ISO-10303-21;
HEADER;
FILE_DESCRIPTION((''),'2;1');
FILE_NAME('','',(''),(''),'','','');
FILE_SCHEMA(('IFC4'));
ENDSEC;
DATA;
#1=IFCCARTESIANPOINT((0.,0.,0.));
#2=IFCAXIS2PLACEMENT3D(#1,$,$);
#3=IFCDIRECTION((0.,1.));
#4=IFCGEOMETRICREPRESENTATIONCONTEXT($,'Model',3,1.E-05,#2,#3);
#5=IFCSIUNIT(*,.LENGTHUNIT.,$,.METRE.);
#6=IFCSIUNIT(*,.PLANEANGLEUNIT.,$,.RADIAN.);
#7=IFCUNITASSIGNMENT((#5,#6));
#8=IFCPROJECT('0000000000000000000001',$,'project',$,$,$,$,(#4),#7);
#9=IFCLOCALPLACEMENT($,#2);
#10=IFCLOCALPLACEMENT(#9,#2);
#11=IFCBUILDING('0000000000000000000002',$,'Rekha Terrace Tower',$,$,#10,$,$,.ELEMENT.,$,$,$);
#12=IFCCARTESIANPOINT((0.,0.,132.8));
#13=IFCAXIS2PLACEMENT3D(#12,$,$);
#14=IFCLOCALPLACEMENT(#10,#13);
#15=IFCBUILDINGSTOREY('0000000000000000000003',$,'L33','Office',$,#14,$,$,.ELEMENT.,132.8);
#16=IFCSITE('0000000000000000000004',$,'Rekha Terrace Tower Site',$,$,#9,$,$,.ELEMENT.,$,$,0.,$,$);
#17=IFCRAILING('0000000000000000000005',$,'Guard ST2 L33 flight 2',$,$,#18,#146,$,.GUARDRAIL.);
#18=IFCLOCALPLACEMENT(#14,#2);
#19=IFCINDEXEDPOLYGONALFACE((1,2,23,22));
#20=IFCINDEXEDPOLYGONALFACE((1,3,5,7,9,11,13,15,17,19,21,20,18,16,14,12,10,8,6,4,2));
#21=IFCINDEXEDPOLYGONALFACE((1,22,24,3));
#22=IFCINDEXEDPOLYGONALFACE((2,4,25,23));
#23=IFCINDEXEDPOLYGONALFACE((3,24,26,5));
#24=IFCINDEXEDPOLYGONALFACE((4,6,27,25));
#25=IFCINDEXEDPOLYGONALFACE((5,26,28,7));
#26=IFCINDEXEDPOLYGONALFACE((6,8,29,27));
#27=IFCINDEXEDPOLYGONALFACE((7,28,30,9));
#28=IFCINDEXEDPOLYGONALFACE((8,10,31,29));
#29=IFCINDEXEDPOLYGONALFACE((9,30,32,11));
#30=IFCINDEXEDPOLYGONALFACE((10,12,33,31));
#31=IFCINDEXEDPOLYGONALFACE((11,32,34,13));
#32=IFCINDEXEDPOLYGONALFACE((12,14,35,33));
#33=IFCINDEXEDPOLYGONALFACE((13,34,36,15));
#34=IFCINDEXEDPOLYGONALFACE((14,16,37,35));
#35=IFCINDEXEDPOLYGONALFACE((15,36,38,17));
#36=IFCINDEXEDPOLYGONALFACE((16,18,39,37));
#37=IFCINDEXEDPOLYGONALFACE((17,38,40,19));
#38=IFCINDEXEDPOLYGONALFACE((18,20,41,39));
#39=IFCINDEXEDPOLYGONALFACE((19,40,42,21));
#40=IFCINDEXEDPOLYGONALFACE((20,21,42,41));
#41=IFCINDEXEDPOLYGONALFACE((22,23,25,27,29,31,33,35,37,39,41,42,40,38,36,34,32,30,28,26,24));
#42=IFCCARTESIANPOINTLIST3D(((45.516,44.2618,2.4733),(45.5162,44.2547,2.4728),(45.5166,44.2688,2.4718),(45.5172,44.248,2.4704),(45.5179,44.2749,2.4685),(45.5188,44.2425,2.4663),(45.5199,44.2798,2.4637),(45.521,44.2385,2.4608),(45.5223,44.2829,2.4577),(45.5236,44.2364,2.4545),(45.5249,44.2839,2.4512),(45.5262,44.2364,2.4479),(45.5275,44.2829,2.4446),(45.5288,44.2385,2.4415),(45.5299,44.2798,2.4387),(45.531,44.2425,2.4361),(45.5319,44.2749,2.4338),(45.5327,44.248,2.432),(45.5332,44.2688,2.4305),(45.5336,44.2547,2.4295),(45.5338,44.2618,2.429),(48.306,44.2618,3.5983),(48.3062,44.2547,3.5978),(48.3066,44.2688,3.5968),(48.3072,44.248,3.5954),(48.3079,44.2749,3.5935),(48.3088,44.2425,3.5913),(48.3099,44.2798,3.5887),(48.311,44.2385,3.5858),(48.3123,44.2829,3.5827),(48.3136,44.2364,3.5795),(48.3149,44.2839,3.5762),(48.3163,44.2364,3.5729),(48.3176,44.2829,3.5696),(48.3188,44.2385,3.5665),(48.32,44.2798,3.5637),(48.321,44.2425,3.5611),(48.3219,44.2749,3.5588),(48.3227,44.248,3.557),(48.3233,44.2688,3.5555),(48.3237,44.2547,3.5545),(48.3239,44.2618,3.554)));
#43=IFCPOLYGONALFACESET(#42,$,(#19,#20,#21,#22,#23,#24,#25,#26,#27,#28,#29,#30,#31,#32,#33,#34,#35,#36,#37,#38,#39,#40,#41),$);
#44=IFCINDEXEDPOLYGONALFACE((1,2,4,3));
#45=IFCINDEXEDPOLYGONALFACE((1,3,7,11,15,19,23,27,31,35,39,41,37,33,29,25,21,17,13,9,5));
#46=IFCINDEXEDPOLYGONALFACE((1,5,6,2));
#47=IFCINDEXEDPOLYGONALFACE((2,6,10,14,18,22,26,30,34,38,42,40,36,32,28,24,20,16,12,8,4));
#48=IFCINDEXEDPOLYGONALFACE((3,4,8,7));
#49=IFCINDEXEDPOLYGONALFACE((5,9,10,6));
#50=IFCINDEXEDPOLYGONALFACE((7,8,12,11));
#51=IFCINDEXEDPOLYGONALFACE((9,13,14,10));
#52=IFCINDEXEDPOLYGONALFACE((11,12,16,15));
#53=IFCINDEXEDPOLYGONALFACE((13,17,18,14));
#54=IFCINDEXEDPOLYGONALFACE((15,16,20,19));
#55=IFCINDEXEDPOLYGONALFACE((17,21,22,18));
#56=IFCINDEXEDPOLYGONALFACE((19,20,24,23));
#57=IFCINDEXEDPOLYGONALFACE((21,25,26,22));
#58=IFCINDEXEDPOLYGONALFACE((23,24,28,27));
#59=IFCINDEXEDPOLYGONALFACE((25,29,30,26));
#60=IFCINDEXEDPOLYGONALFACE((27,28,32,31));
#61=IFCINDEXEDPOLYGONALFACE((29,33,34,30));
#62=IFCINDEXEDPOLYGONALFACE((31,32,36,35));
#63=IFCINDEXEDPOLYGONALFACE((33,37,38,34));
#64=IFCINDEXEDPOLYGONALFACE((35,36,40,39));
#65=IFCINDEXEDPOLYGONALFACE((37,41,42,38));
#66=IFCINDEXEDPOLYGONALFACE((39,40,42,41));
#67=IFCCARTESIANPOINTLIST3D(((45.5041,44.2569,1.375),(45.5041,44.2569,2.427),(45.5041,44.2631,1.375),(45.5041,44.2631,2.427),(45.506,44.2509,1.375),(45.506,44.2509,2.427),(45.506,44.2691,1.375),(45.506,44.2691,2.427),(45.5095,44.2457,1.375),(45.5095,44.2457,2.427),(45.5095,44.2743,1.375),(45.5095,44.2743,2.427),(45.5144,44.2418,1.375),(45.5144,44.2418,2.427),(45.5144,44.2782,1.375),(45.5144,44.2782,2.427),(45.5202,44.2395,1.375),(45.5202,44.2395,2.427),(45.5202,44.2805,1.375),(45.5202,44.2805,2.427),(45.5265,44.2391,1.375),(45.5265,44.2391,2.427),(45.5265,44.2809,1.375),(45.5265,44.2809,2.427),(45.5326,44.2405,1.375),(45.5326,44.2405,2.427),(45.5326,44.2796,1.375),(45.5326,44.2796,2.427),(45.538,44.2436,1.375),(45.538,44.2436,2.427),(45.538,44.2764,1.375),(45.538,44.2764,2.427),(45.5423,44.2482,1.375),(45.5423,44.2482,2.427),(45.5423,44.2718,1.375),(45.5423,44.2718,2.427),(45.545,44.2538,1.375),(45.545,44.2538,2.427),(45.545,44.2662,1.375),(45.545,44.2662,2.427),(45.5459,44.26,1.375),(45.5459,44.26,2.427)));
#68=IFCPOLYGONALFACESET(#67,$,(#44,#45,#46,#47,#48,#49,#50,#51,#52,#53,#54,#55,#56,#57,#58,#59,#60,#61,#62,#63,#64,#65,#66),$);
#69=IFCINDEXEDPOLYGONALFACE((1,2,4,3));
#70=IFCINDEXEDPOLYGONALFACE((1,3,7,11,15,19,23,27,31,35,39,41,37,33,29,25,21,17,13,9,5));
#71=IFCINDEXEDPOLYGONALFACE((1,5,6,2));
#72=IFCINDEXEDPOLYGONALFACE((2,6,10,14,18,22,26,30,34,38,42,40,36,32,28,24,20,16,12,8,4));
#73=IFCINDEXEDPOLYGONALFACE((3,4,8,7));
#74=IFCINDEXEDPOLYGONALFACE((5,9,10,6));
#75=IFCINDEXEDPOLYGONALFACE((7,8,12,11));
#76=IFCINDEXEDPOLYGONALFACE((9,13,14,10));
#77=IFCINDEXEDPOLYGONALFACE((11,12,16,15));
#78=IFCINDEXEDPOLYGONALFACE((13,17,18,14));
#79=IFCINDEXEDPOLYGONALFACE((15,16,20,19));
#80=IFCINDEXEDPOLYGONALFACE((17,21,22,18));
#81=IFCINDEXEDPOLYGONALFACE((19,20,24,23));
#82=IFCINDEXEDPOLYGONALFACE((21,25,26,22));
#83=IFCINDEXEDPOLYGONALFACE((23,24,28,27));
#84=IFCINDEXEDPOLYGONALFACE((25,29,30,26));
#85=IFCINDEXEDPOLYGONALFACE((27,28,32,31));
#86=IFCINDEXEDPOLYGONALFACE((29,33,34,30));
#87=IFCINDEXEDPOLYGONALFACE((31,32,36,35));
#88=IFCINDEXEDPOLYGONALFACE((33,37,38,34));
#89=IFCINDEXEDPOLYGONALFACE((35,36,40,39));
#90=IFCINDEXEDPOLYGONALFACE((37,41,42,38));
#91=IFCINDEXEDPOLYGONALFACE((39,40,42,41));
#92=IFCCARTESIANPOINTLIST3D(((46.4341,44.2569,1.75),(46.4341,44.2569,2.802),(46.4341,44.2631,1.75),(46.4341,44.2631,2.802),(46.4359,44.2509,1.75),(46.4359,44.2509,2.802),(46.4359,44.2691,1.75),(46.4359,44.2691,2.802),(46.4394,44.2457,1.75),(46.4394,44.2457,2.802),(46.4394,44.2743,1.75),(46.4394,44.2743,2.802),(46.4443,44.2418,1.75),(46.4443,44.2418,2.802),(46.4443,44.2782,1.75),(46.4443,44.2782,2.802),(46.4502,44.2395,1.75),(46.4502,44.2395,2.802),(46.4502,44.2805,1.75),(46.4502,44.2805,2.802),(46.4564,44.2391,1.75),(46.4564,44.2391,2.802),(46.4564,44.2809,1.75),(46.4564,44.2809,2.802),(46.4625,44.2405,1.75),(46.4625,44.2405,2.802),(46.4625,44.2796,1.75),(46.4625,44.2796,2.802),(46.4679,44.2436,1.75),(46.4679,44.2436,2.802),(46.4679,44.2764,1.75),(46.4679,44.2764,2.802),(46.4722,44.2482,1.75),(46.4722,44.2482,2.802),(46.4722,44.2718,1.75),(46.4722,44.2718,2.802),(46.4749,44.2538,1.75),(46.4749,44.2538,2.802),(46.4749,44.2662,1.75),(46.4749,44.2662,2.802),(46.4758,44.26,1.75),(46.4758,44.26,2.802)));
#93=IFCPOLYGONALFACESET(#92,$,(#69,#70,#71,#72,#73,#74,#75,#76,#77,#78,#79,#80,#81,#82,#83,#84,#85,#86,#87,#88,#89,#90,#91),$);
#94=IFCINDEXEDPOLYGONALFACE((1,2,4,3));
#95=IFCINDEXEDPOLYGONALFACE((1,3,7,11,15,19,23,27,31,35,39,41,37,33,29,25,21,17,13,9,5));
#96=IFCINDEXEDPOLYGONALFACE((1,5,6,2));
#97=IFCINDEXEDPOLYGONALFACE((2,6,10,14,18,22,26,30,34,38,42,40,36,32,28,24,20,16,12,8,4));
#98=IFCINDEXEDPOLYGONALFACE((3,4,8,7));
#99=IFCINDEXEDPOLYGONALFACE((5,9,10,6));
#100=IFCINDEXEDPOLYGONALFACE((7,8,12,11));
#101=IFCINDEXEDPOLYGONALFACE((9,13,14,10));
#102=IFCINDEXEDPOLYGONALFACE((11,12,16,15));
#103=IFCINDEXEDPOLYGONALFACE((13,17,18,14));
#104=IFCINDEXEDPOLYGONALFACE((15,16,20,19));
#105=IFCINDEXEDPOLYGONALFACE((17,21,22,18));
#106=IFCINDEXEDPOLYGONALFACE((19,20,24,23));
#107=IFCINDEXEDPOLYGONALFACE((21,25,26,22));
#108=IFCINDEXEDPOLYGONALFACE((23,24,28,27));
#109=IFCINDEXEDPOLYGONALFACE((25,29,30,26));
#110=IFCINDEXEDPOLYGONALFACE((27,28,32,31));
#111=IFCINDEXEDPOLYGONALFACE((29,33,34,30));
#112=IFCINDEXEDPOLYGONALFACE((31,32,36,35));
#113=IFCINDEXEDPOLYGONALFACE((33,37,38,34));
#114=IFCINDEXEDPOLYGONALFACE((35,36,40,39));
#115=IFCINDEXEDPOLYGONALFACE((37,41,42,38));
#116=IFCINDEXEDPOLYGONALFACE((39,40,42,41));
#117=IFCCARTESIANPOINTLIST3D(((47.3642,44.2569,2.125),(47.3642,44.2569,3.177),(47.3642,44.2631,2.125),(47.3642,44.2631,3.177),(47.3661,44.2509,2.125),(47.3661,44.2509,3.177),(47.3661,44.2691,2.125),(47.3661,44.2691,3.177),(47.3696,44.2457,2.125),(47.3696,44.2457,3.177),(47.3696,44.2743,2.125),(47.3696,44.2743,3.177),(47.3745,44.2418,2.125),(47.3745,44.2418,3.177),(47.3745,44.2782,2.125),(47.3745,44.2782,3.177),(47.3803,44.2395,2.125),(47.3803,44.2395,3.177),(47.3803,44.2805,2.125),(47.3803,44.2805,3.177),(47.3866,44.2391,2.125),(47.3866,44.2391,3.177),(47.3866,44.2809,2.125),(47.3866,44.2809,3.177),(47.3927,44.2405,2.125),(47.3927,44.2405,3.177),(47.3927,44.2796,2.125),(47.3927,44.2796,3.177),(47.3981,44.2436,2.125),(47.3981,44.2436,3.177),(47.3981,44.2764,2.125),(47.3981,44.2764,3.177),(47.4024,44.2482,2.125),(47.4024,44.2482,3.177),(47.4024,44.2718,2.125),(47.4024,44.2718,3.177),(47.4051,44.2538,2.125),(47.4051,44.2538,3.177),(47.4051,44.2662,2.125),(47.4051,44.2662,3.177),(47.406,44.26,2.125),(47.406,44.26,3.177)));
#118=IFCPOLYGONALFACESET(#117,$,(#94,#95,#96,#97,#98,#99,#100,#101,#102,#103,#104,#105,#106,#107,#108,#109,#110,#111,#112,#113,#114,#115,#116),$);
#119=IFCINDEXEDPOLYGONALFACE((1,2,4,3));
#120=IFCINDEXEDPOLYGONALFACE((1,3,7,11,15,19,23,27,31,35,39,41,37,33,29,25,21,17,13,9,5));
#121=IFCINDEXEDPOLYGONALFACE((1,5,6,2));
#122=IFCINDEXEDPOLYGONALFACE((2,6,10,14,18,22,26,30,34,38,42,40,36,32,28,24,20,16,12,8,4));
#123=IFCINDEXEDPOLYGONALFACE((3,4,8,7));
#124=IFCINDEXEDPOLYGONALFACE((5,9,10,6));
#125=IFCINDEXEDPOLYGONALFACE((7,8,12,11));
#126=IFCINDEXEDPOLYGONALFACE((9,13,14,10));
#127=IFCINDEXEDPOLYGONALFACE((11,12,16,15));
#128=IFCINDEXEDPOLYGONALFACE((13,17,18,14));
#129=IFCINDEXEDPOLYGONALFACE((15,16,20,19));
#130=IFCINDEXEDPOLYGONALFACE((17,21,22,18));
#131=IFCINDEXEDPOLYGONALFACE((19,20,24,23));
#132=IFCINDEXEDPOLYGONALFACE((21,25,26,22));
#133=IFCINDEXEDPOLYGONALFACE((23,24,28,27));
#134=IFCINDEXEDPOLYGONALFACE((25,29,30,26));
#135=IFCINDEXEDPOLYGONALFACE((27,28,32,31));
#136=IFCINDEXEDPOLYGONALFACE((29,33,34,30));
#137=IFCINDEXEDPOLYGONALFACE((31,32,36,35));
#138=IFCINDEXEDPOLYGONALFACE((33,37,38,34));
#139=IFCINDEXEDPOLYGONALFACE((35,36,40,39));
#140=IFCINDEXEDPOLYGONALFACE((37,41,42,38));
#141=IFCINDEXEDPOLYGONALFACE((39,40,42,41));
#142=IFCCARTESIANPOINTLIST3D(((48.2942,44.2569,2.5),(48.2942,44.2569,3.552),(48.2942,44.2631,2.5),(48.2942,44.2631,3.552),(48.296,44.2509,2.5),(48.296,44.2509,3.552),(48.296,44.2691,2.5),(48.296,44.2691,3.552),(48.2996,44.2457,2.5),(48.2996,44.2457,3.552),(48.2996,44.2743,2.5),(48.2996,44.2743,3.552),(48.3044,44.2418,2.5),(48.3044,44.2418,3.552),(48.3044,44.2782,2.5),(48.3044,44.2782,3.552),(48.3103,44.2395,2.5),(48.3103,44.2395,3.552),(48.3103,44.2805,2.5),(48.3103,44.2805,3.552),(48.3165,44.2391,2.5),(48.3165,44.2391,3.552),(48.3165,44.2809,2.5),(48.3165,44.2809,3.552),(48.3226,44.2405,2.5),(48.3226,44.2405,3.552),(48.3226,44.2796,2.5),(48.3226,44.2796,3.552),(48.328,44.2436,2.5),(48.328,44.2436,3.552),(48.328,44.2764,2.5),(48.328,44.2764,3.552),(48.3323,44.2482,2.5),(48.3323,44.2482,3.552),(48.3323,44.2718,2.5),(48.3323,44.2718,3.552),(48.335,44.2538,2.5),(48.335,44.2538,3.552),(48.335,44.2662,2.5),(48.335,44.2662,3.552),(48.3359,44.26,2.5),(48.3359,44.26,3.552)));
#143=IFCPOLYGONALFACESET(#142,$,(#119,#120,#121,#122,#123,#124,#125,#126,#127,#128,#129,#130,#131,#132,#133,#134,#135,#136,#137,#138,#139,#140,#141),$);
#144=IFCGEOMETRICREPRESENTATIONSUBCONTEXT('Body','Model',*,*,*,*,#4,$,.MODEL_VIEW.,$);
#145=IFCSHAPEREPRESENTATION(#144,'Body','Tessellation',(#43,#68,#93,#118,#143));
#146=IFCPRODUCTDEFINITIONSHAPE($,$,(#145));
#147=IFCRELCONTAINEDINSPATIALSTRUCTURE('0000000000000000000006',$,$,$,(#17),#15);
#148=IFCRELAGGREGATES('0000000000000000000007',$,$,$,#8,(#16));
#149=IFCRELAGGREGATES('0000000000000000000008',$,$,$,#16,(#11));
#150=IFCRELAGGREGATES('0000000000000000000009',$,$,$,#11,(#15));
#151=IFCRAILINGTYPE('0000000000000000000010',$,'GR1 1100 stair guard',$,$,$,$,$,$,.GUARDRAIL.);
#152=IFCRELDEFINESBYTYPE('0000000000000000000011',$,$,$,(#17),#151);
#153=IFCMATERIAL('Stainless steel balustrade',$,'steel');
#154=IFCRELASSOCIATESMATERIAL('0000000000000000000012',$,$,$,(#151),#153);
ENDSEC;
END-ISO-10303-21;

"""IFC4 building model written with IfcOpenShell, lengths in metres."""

from ifc_helpers import new_model, si_unit, direction, frame, origin, origin_2d, place, context, subcontext, project, spatial, circle, extrude, material, type_object, element, save


model = new_model("IFC4")

# Units and contexts
model_context = context("Model", 3, precision=1e-05, world=origin(), true_north=direction((0.0, 1.0)))
body_context = subcontext(model_context, "Body", "Model", "MODEL_VIEW")
ifc_project = project(units=[si_unit("LENGTHUNIT", "METRE"), si_unit("PLANEANGLEUNIT", "RADIAN")], contexts=[model_context])

# Site, building, storey
site_placement = place(None, origin())
site = spatial("IfcSite", under=ifc_project, at=site_placement, Name="Rekha Terrace Tower Site", CompositionType="ELEMENT", RefElevation=0.0)
building_placement = place(site_placement, origin())
building = spatial("IfcBuilding", under=site, at=building_placement, Name="Rekha Terrace Tower", CompositionType="ELEMENT")
storey_placement = place(building_placement, frame((0.0, 0.0, 132.8)))
storey = spatial("IfcBuildingStorey", under=building, at=storey_placement, Name="L33", Description="Office", CompositionType="ELEMENT", Elevation=132.8)

# Railing
ifc_material_1 = material(Name="Stainless steel balustrade", Category="steel")
railing_type_1 = type_object("IfcRailingType", Name="GR1 1100 stair guard", PredefinedType="GUARDRAIL", material=ifc_material_1)
railing_1_placement = place(storey_placement, frame((45.5249, 44.26, 1.375)))
element("IfcRailing", 1, at=railing_1_placement, inside=storey, type_object=railing_type_1, Name="Guard ST2 L33 flight 2", PredefinedType="GUARDRAIL", context=body_context, shape_type="SweptSolid", body=[
    extrude(circle(Radius=0.0239, at=origin_2d()), frame((0.0, 0.0, 1.0762), z_axis=(0.927443, 0.0, 0.373964), x_axis=(0.0, 1.0, 0.0)), (0.0, 0.0, 1.0), 3.0083),
    extrude(circle(Radius=0.021, at=origin_2d()), origin(), (0.0, 0.0, 1.0), 1.052),
    extrude(circle(Radius=0.021, at=origin_2d()), frame((0.9299, 0.0, 0.375)), (0.0, 0.0, 1.0), 1.052),
    extrude(circle(Radius=0.021, at=origin_2d()), frame((1.8601, 0.0, 0.75)), (0.0, 0.0, 1.0), 1.052),
    extrude(circle(Radius=0.021, at=origin_2d()), frame((2.79, 0.0, 1.125)), (0.0, 0.0, 1.0), 1.052),
])

save(model, "model.ifc")
